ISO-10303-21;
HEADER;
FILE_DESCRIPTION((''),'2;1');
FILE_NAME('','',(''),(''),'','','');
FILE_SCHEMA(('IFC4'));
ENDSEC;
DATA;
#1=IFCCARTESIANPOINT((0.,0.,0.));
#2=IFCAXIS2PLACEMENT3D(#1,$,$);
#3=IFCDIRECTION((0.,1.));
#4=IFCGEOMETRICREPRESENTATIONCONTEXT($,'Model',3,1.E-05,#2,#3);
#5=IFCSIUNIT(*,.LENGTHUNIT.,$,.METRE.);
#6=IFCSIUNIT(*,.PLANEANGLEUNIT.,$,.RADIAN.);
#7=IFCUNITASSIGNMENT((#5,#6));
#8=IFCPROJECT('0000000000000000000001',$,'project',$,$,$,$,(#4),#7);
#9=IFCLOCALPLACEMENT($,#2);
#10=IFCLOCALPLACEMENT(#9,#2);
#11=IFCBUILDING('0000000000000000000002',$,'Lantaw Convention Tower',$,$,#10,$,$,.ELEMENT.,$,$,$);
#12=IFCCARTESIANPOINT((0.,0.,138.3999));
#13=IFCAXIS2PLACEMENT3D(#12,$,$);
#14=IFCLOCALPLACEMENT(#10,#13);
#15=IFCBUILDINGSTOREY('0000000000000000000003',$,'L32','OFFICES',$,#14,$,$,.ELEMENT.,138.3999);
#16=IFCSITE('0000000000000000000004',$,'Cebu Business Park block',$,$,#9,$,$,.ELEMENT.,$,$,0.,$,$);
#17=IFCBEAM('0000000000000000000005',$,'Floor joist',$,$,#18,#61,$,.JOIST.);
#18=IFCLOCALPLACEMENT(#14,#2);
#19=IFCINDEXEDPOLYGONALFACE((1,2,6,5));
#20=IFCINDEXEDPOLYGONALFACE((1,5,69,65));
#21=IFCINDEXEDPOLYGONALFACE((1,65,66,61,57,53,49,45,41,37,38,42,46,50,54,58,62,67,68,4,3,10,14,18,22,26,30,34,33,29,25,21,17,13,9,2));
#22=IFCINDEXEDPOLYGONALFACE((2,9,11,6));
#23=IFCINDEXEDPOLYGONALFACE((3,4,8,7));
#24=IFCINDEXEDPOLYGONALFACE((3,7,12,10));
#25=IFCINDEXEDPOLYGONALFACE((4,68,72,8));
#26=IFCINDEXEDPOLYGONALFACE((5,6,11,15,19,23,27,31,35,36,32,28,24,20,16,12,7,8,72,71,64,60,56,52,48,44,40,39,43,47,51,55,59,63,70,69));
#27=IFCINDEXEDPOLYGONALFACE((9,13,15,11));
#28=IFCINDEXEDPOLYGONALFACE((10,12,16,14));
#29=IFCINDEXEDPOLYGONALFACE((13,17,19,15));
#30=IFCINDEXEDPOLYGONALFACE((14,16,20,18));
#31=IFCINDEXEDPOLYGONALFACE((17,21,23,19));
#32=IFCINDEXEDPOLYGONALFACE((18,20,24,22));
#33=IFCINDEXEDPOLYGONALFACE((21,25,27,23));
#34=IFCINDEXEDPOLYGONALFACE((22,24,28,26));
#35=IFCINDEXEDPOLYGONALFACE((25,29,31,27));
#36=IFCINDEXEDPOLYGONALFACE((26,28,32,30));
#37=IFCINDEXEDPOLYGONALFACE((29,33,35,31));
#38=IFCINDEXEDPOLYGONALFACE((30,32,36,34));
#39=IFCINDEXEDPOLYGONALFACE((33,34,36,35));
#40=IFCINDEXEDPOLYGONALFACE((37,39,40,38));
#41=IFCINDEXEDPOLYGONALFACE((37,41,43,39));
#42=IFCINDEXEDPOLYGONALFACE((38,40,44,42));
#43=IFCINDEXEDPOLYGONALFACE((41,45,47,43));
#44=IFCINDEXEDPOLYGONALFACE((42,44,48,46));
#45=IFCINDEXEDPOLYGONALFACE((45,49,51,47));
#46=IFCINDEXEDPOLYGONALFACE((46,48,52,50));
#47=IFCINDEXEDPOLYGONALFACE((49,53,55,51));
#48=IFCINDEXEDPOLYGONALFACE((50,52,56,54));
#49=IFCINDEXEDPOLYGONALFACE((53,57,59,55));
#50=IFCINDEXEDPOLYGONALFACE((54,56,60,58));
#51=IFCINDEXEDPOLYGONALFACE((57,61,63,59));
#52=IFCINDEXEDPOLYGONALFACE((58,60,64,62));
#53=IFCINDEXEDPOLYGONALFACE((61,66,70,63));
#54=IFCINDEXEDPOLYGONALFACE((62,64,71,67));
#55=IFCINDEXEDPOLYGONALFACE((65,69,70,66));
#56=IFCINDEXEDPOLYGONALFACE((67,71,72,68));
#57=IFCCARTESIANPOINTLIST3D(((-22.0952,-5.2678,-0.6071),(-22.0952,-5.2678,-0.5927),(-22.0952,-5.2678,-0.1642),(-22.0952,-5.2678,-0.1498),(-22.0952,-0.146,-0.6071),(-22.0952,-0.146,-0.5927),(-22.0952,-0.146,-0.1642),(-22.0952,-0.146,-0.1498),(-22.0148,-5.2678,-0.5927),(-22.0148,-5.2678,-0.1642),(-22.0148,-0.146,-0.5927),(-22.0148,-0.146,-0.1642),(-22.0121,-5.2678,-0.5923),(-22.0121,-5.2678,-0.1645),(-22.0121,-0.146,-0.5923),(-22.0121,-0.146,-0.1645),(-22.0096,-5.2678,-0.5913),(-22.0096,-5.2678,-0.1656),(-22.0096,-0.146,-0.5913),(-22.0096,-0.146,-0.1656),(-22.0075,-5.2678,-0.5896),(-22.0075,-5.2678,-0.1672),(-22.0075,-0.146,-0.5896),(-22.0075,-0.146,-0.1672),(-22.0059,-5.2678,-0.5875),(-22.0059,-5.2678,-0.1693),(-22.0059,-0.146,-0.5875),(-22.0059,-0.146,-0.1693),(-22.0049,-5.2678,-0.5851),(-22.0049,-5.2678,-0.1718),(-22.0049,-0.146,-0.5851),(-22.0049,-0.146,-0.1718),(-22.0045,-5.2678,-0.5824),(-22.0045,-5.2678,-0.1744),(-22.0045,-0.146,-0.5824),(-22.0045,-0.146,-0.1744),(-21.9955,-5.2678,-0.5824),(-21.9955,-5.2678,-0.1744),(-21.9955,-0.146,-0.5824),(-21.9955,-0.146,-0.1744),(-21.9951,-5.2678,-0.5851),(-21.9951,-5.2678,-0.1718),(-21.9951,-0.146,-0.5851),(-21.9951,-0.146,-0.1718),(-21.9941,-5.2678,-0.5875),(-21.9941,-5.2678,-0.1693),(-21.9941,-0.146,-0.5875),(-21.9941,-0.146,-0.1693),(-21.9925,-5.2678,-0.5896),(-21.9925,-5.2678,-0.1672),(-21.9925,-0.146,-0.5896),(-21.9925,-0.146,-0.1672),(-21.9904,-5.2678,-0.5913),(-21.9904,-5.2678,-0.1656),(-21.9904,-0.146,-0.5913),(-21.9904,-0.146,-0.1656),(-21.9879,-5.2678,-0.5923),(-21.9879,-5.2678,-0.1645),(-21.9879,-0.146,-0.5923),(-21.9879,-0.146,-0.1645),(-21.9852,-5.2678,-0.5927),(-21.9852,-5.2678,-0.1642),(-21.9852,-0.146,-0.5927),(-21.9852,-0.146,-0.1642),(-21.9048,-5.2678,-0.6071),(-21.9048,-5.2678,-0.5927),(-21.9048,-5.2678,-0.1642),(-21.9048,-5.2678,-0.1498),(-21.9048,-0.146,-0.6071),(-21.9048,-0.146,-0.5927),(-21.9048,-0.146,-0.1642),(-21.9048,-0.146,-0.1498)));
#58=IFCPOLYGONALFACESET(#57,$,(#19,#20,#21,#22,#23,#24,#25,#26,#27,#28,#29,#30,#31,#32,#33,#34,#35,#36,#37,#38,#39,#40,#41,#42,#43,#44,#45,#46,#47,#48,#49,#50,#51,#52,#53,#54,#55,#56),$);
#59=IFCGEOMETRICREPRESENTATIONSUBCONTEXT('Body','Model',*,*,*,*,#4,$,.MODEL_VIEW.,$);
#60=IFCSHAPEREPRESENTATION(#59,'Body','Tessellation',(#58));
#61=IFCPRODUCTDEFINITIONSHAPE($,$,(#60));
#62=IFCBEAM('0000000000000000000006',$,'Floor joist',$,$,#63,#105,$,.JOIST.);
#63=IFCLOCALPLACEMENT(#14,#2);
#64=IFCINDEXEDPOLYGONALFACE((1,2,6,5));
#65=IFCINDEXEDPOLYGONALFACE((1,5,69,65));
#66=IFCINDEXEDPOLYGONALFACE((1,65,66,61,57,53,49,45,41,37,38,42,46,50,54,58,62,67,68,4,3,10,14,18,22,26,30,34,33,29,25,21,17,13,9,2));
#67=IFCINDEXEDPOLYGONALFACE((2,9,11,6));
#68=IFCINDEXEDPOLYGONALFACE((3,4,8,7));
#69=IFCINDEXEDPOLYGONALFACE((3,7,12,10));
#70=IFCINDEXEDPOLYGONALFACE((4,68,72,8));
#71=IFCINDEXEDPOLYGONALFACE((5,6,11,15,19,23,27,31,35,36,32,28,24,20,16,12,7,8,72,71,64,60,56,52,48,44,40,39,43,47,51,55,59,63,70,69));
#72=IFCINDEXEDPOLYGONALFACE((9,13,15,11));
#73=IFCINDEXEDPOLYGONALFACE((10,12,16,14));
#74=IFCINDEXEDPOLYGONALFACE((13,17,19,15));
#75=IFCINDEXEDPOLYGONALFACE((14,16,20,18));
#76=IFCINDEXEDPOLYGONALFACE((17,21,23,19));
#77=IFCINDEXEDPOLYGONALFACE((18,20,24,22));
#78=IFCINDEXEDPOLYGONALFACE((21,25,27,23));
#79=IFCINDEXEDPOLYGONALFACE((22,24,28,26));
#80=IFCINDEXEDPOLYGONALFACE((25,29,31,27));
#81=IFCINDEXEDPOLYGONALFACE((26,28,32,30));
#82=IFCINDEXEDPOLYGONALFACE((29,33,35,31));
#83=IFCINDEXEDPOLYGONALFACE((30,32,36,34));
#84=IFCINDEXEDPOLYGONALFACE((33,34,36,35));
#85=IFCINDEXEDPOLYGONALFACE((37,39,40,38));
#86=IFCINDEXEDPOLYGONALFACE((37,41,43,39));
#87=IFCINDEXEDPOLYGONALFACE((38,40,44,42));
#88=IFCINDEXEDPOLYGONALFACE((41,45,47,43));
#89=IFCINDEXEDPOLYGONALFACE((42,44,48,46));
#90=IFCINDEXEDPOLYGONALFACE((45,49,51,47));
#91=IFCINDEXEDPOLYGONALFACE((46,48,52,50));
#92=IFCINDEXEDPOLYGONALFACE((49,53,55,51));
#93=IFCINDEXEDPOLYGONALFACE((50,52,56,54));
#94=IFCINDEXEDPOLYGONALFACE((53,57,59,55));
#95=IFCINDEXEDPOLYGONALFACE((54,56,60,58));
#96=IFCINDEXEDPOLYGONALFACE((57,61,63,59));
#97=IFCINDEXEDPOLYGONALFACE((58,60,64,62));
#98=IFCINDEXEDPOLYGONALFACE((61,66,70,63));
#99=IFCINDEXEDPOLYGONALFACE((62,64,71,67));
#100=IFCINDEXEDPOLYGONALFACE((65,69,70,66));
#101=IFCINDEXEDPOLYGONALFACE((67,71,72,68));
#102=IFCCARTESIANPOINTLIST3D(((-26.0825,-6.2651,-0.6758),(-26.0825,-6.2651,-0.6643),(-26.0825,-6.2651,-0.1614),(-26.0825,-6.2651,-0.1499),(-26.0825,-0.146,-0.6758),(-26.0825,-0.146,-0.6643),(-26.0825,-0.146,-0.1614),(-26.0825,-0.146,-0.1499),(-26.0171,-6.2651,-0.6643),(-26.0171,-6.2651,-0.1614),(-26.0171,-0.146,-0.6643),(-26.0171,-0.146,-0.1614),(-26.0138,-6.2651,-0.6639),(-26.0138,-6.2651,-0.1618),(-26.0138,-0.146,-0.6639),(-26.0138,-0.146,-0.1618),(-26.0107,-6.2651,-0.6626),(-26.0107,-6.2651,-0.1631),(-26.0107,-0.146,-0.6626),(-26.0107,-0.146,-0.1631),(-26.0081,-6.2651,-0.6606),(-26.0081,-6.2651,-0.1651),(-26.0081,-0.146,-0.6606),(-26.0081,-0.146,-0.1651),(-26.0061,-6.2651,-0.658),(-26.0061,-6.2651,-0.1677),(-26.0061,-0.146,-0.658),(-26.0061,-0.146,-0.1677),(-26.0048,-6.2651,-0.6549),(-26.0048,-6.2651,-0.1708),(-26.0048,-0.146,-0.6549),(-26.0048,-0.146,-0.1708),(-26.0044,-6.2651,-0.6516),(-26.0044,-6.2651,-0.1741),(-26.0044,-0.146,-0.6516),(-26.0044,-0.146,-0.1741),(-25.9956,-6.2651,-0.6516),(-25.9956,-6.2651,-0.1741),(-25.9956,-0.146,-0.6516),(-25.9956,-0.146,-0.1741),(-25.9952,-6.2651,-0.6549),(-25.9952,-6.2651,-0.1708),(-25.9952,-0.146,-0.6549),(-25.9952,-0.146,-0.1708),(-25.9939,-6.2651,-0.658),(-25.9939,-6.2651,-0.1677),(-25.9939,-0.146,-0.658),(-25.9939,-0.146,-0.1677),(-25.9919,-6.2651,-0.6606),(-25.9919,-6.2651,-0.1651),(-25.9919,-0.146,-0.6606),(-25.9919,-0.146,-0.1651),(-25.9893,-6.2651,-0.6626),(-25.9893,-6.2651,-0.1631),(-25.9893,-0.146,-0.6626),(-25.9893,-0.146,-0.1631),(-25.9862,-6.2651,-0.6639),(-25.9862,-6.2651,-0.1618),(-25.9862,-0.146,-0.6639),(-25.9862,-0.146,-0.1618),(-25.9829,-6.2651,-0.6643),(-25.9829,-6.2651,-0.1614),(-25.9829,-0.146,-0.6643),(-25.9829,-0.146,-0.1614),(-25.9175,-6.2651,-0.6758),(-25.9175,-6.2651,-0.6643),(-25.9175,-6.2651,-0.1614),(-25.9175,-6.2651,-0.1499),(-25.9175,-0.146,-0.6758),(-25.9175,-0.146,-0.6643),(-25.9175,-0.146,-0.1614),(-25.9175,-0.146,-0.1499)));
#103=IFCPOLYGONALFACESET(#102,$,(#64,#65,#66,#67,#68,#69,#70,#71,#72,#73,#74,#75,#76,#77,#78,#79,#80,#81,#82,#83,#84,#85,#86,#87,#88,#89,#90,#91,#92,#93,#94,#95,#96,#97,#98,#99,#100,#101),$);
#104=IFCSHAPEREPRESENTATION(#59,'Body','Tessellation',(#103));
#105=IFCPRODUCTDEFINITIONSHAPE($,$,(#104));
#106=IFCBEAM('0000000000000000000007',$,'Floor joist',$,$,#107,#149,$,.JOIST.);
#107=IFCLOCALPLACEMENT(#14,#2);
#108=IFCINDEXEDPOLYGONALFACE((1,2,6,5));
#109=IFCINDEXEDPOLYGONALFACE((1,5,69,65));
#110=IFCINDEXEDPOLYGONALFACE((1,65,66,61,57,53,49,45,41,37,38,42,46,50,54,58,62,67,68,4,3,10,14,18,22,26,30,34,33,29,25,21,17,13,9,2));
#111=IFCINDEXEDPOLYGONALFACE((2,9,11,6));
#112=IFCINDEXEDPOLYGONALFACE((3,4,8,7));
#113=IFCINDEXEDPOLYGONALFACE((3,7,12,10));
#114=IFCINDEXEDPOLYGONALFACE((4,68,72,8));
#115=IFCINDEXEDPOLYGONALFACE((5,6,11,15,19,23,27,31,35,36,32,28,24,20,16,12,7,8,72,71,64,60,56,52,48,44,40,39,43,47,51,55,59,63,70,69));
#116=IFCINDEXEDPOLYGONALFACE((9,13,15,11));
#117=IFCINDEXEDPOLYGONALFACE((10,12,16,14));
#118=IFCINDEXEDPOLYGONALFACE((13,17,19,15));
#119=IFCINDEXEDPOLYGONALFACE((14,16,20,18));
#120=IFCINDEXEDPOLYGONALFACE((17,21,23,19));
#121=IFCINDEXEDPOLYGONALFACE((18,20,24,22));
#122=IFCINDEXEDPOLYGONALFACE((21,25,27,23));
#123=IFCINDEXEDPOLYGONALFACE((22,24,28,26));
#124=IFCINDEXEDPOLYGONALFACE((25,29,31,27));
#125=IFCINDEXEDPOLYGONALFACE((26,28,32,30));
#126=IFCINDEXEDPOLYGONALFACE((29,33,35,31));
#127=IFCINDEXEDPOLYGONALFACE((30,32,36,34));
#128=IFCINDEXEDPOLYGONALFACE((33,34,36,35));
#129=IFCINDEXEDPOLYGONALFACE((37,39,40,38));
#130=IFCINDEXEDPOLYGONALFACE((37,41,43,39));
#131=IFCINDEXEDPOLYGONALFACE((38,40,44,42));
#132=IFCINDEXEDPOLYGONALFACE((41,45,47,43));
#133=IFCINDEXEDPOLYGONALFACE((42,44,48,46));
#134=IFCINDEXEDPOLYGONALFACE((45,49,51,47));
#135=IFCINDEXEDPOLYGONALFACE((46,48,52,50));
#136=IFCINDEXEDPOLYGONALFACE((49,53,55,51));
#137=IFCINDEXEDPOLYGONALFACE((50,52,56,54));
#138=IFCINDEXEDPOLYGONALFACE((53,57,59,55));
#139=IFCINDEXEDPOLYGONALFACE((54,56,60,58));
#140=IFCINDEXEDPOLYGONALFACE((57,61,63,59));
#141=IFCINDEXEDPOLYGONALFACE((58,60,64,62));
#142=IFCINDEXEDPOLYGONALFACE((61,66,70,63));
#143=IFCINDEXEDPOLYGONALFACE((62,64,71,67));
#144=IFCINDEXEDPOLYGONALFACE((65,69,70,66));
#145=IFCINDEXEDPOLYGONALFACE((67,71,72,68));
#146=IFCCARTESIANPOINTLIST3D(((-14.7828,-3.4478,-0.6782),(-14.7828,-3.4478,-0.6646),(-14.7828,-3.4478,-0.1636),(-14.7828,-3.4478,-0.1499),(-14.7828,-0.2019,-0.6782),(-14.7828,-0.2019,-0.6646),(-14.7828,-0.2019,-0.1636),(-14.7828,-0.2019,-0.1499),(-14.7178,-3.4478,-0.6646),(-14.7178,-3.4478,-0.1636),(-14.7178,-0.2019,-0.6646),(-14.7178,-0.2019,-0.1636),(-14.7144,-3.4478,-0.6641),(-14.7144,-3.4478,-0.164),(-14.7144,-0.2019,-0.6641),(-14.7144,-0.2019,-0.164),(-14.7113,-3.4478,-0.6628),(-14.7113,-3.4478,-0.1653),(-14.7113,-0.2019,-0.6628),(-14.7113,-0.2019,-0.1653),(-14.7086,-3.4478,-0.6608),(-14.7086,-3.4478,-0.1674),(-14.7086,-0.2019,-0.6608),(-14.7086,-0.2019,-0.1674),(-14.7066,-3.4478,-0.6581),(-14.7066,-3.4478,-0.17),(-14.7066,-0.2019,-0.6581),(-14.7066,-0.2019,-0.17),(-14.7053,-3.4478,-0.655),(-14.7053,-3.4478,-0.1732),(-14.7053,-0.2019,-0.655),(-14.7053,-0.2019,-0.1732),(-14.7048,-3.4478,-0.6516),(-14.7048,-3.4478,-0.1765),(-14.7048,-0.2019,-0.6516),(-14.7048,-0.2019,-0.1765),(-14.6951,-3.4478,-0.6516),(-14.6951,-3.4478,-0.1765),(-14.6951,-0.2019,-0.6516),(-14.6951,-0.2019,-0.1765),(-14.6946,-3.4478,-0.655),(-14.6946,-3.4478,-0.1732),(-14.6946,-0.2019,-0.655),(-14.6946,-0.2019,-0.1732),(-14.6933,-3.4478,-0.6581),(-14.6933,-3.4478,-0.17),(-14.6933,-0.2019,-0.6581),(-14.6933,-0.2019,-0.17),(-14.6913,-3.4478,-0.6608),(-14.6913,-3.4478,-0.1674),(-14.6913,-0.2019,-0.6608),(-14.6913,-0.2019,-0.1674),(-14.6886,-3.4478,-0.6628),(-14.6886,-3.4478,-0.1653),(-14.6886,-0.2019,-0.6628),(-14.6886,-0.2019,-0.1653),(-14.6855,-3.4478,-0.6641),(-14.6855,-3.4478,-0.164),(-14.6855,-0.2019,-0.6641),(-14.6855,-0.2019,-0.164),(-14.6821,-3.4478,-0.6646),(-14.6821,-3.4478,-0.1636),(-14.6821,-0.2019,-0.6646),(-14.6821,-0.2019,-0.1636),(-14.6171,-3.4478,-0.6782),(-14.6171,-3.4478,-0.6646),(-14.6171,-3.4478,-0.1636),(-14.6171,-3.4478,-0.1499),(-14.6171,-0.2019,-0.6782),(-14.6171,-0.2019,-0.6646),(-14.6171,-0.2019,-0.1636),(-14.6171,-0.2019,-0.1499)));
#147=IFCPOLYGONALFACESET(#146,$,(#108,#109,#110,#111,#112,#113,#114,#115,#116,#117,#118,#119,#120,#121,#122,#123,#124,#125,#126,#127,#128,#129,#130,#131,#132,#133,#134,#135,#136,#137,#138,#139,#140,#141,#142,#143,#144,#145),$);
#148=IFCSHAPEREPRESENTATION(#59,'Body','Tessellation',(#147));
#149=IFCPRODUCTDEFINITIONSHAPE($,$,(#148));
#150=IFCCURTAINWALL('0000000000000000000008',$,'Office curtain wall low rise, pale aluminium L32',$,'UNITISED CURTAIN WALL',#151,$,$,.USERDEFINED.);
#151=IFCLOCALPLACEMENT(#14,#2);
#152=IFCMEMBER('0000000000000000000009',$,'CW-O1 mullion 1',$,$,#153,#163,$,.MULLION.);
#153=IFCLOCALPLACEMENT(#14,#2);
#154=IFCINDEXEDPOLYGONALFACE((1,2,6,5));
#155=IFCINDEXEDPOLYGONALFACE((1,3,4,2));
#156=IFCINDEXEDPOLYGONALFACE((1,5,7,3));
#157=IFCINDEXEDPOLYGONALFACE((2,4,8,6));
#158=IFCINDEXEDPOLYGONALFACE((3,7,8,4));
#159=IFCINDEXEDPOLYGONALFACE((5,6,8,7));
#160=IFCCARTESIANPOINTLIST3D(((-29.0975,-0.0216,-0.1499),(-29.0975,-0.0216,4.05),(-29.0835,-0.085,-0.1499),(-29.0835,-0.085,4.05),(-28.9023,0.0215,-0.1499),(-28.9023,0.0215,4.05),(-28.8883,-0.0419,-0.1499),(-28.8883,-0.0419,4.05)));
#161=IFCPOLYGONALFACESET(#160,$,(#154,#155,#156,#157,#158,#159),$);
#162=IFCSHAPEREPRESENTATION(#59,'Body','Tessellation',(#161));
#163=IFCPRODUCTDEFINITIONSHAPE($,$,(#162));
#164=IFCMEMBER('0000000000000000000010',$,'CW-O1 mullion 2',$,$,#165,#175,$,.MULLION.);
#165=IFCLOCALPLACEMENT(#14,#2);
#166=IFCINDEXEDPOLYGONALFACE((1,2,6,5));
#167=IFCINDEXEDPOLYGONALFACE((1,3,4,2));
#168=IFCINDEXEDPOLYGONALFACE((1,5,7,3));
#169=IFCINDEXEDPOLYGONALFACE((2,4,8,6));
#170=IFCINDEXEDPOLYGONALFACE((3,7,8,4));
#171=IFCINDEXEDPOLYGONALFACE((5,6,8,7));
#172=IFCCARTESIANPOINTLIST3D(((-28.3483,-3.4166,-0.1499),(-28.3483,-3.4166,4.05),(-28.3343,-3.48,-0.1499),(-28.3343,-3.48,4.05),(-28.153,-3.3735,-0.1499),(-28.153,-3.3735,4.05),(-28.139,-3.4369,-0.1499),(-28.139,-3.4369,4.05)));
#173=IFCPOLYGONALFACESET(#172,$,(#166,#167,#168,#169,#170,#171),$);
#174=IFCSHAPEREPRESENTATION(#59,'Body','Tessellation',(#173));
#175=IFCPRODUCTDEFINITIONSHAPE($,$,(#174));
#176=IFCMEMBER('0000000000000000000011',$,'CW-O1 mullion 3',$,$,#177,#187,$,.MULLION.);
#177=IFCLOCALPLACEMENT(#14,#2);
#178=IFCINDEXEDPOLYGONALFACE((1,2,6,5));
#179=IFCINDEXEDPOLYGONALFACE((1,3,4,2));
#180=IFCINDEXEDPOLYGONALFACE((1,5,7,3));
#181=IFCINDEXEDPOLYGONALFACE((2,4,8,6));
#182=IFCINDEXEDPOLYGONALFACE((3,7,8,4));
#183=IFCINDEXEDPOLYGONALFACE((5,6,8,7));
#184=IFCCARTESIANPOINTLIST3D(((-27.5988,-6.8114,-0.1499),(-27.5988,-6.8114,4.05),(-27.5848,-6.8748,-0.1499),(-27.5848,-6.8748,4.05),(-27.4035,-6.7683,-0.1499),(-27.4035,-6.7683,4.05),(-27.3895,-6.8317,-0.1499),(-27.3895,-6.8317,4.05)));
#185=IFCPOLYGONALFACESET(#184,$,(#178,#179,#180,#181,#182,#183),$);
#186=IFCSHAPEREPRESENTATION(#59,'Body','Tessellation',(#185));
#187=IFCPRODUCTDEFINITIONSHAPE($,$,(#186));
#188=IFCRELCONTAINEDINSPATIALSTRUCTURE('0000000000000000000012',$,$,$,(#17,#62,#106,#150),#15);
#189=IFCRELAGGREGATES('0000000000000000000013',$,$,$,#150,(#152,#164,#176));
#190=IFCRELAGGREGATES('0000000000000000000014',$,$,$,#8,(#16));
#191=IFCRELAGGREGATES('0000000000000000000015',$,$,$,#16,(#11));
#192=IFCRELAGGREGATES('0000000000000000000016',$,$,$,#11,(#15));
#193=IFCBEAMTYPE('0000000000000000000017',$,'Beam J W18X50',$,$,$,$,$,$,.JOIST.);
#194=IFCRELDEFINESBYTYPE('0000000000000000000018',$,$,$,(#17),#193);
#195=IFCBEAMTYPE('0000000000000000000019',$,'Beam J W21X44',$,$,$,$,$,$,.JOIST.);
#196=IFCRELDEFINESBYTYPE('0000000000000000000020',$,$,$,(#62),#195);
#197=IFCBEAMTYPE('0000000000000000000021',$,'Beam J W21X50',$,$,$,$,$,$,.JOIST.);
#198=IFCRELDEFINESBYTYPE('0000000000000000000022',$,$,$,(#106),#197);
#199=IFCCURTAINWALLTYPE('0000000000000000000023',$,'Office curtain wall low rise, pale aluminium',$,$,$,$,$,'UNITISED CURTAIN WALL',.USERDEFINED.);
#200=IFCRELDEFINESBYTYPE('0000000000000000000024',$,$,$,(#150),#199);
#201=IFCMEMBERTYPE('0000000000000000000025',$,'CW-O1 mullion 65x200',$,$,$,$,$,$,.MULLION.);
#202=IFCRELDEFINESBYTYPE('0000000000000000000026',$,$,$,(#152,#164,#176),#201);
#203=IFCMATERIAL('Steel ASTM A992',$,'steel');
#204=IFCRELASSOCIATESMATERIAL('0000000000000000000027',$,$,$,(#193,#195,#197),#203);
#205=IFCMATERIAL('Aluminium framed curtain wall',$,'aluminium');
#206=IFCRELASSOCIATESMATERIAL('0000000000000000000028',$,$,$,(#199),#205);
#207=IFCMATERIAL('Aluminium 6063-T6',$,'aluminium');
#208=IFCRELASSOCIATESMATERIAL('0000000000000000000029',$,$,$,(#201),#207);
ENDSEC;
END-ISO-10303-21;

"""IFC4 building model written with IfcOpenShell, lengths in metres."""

from ifc_helpers import new_model, si_unit, direction, frame, origin, origin_2d, place, context, subcontext, project, spatial, rectangle, i_section, extrude, material, material_profile, profile_set, type_object, element, aggregate, save


model = new_model("IFC4")

# Units and contexts
model_context = context("Model", 3, precision=1e-05, world=origin(), true_north=direction((0.0, 1.0)))
body_context = subcontext(model_context, "Body", "Model", "MODEL_VIEW")
ifc_project = project(units=[si_unit("LENGTHUNIT", "METRE"), si_unit("PLANEANGLEUNIT", "RADIAN")], contexts=[model_context])

# Site, building, storey
site_placement = place(None, origin())
site = spatial("IfcSite", under=ifc_project, at=site_placement, Name="Cebu Business Park block", CompositionType="ELEMENT", RefElevation=0.0)
building_placement = place(site_placement, origin())
building = spatial("IfcBuilding", under=site, at=building_placement, Name="Lantaw Convention Tower", CompositionType="ELEMENT")
storey_placement = place(building_placement, frame((0.0, 0.0, 138.3999)))
storey = spatial("IfcBuildingStorey", under=building, at=storey_placement, Name="L32", Description="OFFICES", CompositionType="ELEMENT", Elevation=138.3999)

# Beams
ifc_material_1 = material(Name="Steel ASTM A992", Category="steel")
ifc_material_profile_1 = material_profile(ifc_material_1, i_section(OverallWidth=0.1904, OverallDepth=0.4573, WebThickness=0.009, FlangeThickness=0.0144, FilletRadius=0.0103, at=origin_2d()), Name="W18X50")
ifc_profile_set_1 = profile_set([ifc_material_profile_1], Name="Steel ASTM A992")
beam_type_1 = type_object("IfcBeamType", Name="Beam J W18X50", PredefinedType="JOIST", material=ifc_profile_set_1)
beam_1_placement = place(storey_placement, frame((-22.0, -5.2678, -0.3784), z_axis=(0.0, 1.0, 0.0), x_axis=(-1.0, 0.0, 0.0)))
element("IfcBeam", 1, at=beam_1_placement, inside=storey, type_object=beam_type_1, Name="Floor joist", PredefinedType="JOIST", context=body_context, shape_type="SweptSolid", body=[
    extrude(i_section(OverallWidth=0.1904, OverallDepth=0.4573, WebThickness=0.009, FlangeThickness=0.0144, FilletRadius=0.0103, at=origin_2d()), origin(), (0.0, 0.0, 1.0), 5.1218),
])
ifc_material_profile_2 = material_profile(ifc_material_1, i_section(OverallWidth=0.165, OverallDepth=0.5259, WebThickness=0.0088, FlangeThickness=0.0115, FilletRadius=0.0127, at=origin_2d()), Name="W21X44")
ifc_profile_set_2 = profile_set([ifc_material_profile_2], Name="Steel ASTM A992")
beam_type_2 = type_object("IfcBeamType", Name="Beam J W21X44", PredefinedType="JOIST", material=ifc_profile_set_2)
beam_2_placement = place(storey_placement, frame((-26.0, -6.2651, -0.4128), z_axis=(0.0, 1.0, 0.0), x_axis=(-1.0, 0.0, 0.0)))
element("IfcBeam", 2, at=beam_2_placement, inside=storey, type_object=beam_type_2, Name="Floor joist", PredefinedType="JOIST", context=body_context, shape_type="SweptSolid", body=[
    extrude(i_section(OverallWidth=0.165, OverallDepth=0.5259, WebThickness=0.0088, FlangeThickness=0.0115, FilletRadius=0.0127, at=origin_2d()), origin(), (0.0, 0.0, 1.0), 6.1191),
])
ifc_material_profile_3 = material_profile(ifc_material_1, i_section(OverallWidth=0.1658, OverallDepth=0.5283, WebThickness=0.0098, FlangeThickness=0.0137, FilletRadius=0.0129, at=origin_2d()), Name="W21X50")
ifc_profile_set_3 = profile_set([ifc_material_profile_3], Name="Steel ASTM A992")
beam_type_3 = type_object("IfcBeamType", Name="Beam J W21X50", PredefinedType="JOIST", material=ifc_profile_set_3)
beam_3_placement = place(storey_placement, frame((-14.7, -3.4478, -0.4141), z_axis=(0.0, 1.0, 0.0), x_axis=(-1.0, 0.0, 0.0)))
element("IfcBeam", 3, at=beam_3_placement, inside=storey, type_object=beam_type_3, Name="Floor joist", PredefinedType="JOIST", context=body_context, shape_type="SweptSolid", body=[
    extrude(i_section(OverallWidth=0.1658, OverallDepth=0.5283, WebThickness=0.0098, FlangeThickness=0.0137, FilletRadius=0.0129, at=origin_2d()), origin(), (0.0, 0.0, 1.0), 3.2458),
])

# Curtain wall, members
ifc_material_2 = material(Name="Aluminium framed curtain wall", Category="aluminium")
curtain_wall_type = type_object("IfcCurtainWallType", Name="Office curtain wall low rise, pale aluminium", ElementType="UNITISED CURTAIN WALL", PredefinedType="USERDEFINED", material=ifc_material_2)
curtain_wall_1_placement = place(storey_placement, origin())
curtain_wall_1 = element("IfcCurtainWall", 4, at=curtain_wall_1_placement, inside=storey, type_object=curtain_wall_type, Name="Office curtain wall low rise, pale aluminium L32", ObjectType="UNITISED CURTAIN WALL", PredefinedType="USERDEFINED")
ifc_material_3 = material(Name="Aluminium 6063-T6", Category="aluminium")
ifc_material_profile_4 = material_profile(ifc_material_3, rectangle(XDim=0.2, YDim=0.0649, at=origin_2d()), Name="CW-O1 mullion 65x200")
ifc_profile_set_4 = profile_set([ifc_material_profile_4], Name="Aluminium 6063-T6")
member_type_1 = type_object("IfcMemberType", Name="CW-O1 mullion 65x200", PredefinedType="MULLION", material=ifc_profile_set_4)
member_1_placement = place(storey_placement, frame((-28.9929, -0.0317, -0.1499), z_axis=(0.0, 0.0, 1.0), x_axis=(0.976494, 0.215546, 0.0)))
member_1 = element("IfcMember", 5, at=member_1_placement, type_object=member_type_1, Name="CW-O1 mullion 1", PredefinedType="MULLION", context=body_context, shape_type="SweptSolid", body=[
    extrude(rectangle(XDim=0.2, YDim=0.0649, at=origin_2d()), origin(), (0.0, 0.0, 1.0), 4.2),
])
member_2_placement = place(storey_placement, frame((-28.2437, -3.4268, -0.1499), z_axis=(0.0, 0.0, 1.0), x_axis=(0.976494, 0.215546, 0.0)))
member_2 = element("IfcMember", 6, at=member_2_placement, type_object=member_type_1, Name="CW-O1 mullion 2", PredefinedType="MULLION", context=body_context, shape_type="SweptSolid", body=[
    extrude(rectangle(XDim=0.2, YDim=0.0649, at=origin_2d()), origin(), (0.0, 0.0, 1.0), 4.2),
])
member_3_placement = place(storey_placement, frame((-27.4941, -6.8215, -0.1499), z_axis=(0.0, 0.0, 1.0), x_axis=(0.976494, 0.215546, 0.0)))
member_3 = element("IfcMember", 7, at=member_3_placement, type_object=member_type_1, Name="CW-O1 mullion 3", PredefinedType="MULLION", context=body_context, shape_type="SweptSolid", body=[
    extrude(rectangle(XDim=0.2, YDim=0.0649, at=origin_2d()), origin(), (0.0, 0.0, 1.0), 4.2),
])

aggregate(curtain_wall_1, [member_1, member_2, member_3])

save(model, "model.ifc")
